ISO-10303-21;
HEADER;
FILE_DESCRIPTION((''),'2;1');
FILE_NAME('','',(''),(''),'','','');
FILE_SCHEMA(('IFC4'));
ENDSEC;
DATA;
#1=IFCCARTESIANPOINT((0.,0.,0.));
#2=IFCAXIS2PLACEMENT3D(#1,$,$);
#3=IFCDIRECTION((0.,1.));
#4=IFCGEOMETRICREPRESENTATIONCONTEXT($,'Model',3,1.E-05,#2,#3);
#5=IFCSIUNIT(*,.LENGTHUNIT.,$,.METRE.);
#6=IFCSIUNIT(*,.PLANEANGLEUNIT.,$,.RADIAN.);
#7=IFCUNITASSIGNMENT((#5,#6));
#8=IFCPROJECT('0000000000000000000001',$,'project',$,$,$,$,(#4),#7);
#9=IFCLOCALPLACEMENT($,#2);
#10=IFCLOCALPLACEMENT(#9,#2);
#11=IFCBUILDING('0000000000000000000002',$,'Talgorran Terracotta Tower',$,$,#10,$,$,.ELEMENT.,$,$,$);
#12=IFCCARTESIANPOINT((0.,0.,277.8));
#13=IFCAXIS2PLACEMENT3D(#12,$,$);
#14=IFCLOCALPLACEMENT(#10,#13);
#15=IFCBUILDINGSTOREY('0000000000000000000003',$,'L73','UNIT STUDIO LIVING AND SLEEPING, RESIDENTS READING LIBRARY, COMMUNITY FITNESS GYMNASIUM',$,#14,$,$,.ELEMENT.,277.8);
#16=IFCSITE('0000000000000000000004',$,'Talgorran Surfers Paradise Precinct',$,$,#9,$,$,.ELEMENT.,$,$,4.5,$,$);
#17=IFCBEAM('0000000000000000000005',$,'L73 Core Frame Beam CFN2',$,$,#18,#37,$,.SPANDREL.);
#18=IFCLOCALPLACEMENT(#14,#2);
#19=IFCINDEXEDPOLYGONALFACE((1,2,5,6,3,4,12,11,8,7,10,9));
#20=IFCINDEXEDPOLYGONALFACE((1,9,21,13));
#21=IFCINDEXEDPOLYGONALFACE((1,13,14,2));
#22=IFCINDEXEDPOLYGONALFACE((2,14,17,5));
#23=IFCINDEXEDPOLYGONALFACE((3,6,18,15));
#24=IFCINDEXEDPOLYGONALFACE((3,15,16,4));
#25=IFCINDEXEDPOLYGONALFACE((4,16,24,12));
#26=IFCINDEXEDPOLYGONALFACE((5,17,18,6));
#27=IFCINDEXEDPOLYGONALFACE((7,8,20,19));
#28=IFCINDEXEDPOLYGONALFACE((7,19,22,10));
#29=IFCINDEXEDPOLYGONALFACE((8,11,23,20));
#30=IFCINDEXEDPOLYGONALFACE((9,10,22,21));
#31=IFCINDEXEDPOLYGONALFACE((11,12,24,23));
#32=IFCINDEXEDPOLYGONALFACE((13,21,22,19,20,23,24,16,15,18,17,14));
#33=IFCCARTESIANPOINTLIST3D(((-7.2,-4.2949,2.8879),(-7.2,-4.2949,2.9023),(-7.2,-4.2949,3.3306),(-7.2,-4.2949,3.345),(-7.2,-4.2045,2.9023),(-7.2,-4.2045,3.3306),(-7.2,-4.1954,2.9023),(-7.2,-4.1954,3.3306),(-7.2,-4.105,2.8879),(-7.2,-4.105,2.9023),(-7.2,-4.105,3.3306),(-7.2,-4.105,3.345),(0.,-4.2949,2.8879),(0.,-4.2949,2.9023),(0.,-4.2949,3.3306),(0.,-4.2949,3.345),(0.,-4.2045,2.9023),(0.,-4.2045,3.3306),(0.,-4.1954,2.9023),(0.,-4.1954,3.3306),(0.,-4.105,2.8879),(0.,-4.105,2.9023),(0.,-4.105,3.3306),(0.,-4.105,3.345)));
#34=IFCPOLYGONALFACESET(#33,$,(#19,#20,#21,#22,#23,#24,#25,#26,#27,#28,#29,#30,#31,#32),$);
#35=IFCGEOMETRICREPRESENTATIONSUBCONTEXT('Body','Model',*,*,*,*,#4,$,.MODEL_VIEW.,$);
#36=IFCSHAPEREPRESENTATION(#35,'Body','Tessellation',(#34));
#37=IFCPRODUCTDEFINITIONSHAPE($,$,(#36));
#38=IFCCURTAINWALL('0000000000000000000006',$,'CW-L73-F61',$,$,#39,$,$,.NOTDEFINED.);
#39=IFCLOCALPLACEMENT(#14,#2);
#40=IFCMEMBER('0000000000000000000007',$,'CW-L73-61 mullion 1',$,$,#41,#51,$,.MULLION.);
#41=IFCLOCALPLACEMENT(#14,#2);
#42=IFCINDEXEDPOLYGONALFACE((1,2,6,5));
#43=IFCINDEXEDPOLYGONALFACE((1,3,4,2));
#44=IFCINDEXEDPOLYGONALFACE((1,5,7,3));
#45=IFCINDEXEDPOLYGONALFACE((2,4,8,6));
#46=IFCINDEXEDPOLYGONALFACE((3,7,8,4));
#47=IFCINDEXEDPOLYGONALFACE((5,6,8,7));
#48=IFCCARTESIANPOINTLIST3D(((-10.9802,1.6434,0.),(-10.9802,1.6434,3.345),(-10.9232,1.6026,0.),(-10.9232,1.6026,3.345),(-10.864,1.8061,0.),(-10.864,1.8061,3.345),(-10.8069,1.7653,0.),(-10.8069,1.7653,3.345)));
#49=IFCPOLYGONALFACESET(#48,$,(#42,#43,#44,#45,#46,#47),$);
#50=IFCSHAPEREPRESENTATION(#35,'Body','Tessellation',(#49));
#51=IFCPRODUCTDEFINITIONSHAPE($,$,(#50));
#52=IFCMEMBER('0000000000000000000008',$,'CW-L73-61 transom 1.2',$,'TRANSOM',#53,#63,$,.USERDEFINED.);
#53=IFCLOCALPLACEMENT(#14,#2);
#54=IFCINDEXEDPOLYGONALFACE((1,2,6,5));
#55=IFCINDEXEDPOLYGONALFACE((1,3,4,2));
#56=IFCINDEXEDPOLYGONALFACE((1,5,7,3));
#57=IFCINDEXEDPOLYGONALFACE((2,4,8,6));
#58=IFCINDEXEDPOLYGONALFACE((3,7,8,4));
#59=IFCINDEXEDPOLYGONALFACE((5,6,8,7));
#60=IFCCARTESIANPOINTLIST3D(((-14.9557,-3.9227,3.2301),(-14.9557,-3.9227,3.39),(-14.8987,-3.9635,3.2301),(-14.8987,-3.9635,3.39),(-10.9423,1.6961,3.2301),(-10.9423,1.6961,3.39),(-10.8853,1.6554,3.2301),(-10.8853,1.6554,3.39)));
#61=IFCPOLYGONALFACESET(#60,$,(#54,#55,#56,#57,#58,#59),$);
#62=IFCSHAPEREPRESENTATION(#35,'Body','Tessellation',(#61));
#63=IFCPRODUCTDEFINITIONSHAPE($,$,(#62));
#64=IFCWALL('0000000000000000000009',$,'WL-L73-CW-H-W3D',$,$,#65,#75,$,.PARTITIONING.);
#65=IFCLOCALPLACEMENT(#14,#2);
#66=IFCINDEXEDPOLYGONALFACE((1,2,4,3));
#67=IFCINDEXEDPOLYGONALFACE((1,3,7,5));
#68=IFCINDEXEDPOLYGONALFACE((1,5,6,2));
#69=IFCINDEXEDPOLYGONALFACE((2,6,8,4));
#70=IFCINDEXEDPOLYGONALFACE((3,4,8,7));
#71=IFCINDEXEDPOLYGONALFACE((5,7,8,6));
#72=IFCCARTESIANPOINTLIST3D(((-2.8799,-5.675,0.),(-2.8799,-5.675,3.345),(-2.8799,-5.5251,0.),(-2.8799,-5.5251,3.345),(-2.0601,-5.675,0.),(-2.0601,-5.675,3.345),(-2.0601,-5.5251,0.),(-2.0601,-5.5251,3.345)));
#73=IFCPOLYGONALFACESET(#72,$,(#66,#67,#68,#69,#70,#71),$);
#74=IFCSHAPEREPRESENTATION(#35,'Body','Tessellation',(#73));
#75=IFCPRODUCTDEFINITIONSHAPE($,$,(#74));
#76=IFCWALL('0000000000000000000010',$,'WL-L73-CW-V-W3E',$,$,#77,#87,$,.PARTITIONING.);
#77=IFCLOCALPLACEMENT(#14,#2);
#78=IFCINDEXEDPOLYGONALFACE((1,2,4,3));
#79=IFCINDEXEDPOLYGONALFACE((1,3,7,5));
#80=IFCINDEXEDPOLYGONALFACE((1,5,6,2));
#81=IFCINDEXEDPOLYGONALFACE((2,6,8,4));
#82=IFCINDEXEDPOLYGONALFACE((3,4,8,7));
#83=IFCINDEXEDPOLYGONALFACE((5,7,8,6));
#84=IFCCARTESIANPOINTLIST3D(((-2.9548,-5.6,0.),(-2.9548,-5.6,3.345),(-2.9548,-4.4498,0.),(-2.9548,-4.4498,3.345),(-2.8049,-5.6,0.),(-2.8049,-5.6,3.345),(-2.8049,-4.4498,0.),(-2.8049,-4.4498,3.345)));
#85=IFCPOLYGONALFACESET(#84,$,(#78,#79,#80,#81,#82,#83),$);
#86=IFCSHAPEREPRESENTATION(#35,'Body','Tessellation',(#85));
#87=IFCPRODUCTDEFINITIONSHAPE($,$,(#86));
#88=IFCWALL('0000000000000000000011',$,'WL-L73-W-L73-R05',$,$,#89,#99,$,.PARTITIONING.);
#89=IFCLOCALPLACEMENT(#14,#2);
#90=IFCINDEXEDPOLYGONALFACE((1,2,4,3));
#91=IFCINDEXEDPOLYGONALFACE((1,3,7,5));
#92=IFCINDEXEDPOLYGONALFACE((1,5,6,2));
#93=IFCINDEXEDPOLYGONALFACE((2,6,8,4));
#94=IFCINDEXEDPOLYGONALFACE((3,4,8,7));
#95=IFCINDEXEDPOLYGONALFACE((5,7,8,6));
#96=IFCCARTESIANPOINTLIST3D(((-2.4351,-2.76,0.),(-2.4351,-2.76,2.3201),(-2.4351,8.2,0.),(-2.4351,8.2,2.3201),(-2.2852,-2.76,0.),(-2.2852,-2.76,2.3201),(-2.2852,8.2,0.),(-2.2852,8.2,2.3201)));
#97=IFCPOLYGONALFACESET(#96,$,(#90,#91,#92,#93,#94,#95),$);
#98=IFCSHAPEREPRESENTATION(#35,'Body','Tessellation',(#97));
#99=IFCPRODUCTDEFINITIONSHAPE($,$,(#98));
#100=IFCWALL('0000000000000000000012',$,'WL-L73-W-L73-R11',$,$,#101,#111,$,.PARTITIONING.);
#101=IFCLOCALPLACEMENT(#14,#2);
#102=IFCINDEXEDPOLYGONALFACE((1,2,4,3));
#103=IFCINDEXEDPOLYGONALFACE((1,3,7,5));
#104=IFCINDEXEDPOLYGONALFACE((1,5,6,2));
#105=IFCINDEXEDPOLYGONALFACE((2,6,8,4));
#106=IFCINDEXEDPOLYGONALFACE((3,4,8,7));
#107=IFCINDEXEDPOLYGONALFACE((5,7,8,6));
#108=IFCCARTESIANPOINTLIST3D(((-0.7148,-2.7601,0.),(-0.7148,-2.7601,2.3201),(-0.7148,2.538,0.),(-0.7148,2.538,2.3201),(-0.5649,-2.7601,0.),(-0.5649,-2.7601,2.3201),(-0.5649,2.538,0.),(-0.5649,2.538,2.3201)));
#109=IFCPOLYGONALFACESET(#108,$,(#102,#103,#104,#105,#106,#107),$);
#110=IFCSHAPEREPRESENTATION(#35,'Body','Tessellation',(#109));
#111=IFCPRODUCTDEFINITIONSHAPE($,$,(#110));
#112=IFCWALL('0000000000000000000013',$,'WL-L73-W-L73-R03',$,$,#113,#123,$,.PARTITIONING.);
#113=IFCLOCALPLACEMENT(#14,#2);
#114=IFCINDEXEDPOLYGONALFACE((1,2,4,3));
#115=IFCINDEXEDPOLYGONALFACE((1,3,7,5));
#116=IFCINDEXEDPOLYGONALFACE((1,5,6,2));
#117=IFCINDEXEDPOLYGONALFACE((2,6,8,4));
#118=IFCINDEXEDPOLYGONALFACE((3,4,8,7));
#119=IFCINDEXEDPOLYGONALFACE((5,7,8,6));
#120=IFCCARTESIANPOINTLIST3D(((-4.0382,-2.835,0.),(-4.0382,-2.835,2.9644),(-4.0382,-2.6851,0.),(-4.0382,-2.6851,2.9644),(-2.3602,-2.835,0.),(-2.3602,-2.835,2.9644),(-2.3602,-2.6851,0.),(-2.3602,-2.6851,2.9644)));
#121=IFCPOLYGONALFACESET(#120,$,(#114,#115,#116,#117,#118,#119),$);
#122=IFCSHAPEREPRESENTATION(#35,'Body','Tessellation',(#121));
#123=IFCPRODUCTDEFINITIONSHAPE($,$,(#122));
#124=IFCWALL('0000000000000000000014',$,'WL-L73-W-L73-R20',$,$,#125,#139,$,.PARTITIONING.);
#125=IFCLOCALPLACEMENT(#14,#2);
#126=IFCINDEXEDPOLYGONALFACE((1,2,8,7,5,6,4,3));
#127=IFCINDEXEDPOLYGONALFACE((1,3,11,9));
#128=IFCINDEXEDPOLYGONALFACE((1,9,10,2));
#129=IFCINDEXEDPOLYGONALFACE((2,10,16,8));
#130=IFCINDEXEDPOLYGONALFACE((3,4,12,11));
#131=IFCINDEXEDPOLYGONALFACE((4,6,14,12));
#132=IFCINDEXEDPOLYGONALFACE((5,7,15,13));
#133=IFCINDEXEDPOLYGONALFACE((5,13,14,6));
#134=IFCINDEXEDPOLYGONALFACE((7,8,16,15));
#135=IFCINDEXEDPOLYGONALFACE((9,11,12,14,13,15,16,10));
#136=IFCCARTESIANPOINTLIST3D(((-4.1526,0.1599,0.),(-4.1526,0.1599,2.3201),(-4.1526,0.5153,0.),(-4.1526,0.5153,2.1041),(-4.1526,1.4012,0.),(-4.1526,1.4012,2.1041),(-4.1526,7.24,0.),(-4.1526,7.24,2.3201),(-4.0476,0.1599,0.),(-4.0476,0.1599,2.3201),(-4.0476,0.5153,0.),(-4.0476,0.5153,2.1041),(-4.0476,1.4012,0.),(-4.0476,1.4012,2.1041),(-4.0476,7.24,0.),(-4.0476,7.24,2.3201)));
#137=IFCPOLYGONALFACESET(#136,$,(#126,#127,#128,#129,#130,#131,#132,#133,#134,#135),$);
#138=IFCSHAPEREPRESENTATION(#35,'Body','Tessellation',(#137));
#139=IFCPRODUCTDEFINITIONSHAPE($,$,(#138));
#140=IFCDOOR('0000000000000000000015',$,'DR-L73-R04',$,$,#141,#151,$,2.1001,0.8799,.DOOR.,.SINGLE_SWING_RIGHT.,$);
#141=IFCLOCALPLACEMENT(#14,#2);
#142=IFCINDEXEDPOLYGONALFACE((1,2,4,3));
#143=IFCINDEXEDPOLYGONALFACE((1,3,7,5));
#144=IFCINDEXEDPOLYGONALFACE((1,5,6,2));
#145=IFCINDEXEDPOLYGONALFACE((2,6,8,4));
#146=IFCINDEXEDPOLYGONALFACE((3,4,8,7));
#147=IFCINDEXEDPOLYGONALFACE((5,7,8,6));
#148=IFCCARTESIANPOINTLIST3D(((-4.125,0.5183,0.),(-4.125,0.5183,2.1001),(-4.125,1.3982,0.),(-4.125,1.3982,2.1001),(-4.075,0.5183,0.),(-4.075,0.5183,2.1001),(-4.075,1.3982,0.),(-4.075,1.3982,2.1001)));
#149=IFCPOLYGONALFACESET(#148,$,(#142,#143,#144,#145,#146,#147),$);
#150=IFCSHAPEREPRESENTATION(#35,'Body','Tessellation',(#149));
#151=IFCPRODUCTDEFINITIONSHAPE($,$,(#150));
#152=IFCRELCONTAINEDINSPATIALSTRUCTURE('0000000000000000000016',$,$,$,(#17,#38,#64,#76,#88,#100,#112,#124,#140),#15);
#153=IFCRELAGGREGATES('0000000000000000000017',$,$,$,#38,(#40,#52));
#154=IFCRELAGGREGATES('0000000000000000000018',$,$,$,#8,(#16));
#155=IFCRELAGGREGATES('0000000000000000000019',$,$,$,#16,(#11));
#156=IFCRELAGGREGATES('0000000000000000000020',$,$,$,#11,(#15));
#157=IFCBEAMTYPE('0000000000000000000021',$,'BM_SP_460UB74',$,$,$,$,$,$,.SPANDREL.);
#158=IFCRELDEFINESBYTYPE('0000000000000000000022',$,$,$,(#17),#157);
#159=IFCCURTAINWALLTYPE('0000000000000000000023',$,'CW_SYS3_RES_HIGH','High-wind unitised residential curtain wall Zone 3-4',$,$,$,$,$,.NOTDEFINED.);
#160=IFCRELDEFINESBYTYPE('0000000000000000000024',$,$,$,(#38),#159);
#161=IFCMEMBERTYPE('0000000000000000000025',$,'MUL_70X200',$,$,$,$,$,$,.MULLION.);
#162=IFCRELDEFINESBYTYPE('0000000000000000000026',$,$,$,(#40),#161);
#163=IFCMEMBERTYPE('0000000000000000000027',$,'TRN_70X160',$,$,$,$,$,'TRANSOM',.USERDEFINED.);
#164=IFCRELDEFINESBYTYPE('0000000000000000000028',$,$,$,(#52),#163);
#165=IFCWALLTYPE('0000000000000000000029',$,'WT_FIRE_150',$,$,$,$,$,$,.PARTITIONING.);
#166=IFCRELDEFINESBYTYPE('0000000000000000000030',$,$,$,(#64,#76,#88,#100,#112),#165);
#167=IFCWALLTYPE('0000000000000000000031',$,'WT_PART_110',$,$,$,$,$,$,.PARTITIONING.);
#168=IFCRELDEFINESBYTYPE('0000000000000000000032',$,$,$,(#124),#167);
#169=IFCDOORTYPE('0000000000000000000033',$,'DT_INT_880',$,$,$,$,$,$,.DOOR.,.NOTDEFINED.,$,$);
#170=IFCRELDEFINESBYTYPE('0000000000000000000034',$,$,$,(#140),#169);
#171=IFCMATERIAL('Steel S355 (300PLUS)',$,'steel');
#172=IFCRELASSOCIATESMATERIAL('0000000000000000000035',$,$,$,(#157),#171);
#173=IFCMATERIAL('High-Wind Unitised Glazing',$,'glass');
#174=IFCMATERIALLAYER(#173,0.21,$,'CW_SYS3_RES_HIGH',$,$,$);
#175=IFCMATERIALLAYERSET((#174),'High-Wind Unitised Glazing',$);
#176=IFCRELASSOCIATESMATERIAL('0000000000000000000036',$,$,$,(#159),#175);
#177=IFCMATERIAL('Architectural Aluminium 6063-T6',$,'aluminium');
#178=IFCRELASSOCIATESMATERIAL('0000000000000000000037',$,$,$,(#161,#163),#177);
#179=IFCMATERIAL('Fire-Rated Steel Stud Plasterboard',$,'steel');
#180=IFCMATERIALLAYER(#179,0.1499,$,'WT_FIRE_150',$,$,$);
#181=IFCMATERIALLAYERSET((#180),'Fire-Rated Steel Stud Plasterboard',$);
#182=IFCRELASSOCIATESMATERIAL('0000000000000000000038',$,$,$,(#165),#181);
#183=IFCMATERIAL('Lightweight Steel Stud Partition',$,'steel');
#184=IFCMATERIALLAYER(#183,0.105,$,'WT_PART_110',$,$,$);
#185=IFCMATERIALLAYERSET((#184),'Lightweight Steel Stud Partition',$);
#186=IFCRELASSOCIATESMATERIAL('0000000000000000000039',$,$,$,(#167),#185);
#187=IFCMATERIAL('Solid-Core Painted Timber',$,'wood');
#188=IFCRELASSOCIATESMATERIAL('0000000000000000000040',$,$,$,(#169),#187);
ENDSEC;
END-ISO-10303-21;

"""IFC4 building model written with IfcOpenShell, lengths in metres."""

from ifc_helpers import new_model, si_unit, direction, frame, frame_2d, origin, origin_2d, place, context, subcontext, project, spatial, rectangle, i_section, extrude, material, layer, layer_set, material_profile, profile_set, type_object, element, fill, aggregate, save


model = new_model("IFC4")

# Units and contexts
model_context = context("Model", 3, precision=1e-05, world=origin(), true_north=direction((0.0, 1.0)))
body_context = subcontext(model_context, "Body", "Model", "MODEL_VIEW")
ifc_project = project(units=[si_unit("LENGTHUNIT", "METRE"), si_unit("PLANEANGLEUNIT", "RADIAN")], contexts=[model_context])

# Site, building, storey
site_placement = place(None, origin())
site = spatial("IfcSite", under=ifc_project, at=site_placement, Name="Talgorran Surfers Paradise Precinct", CompositionType="ELEMENT", RefElevation=4.5)
building_placement = place(site_placement, origin())
building = spatial("IfcBuilding", under=site, at=building_placement, Name="Talgorran Terracotta Tower", CompositionType="ELEMENT")
storey_placement = place(building_placement, frame((0.0, 0.0, 277.8)))
storey = spatial("IfcBuildingStorey", under=building, at=storey_placement, Name="L73", Description="UNIT STUDIO LIVING AND SLEEPING, RESIDENTS READING LIBRARY, COMMUNITY FITNESS GYMNASIUM", CompositionType="ELEMENT", Elevation=277.8)

# Shared definitions
ifc_material_1 = material(Name="Steel S355 (300PLUS)", Category="steel")

# Beam
ifc_material_profile_1 = material_profile(ifc_material_1, i_section(OverallWidth=0.1899, OverallDepth=0.457, WebThickness=0.009, FlangeThickness=0.0144, at=origin_2d()), Name="460UB74.6")
ifc_profile_set_1 = profile_set([ifc_material_profile_1], Name="Steel S355 (300PLUS)")
beam_type_1 = type_object("IfcBeamType", Name="BM_SP_460UB74", PredefinedType="SPANDREL", material=ifc_profile_set_1)
beam_1_placement = place(storey_placement, frame((-7.2, -4.2, 3.1165), z_axis=(1.0, 0.0, 0.0), x_axis=(0.0, 1.0, 0.0)))
element("IfcBeam", 1, at=beam_1_placement, inside=storey, type_object=beam_type_1, Name="L73 Core Frame Beam CFN2", PredefinedType="SPANDREL", context=body_context, shape_type="SweptSolid", body=[
    extrude(i_section(OverallWidth=0.1899, OverallDepth=0.457, WebThickness=0.009, FlangeThickness=0.0144, at=origin_2d()), origin(), (0.0, 0.0, 1.0), 7.2),
])

# Curtain wall, members
ifc_material_2 = material(Name="High-Wind Unitised Glazing", Category="glass")
ifc_layer_1 = layer(ifc_material_2, 0.21, Name="CW_SYS3_RES_HIGH")
ifc_layer_set_1 = layer_set([ifc_layer_1], Name="High-Wind Unitised Glazing")
curtain_wall_type = type_object("IfcCurtainWallType", Name="CW_SYS3_RES_HIGH", Description="High-wind unitised residential curtain wall Zone 3-4", PredefinedType="NOTDEFINED", material=ifc_layer_set_1)
curtain_wall_placement = place(storey_placement, origin())
curtain_wall = element("IfcCurtainWall", 2, at=curtain_wall_placement, inside=storey, type_object=curtain_wall_type, Name="CW-L73-F61", PredefinedType="NOTDEFINED")
ifc_material_3 = material(Name="Architectural Aluminium 6063-T6", Category="aluminium")
ifc_material_profile_2 = material_profile(ifc_material_3, rectangle(XDim=0.0701, YDim=0.2, at=origin_2d()), Name="CWM70X200")
ifc_profile_set_2 = profile_set([ifc_material_profile_2], Name="Architectural Aluminium 6063-T6")
member_type_1 = type_object("IfcMemberType", Name="MUL_70X200", PredefinedType="MULLION", material=ifc_profile_set_2)
member_1_placement = place(storey_placement, frame((-10.8936, 1.7043, 0.0), z_axis=(0.0, 0.0, 1.0), x_axis=(0.813727, -0.581248, 0.0)))
member_1 = element("IfcMember", 3, at=member_1_placement, type_object=member_type_1, Name="CW-L73-61 mullion 1", PredefinedType="MULLION", context=body_context, shape_type="SweptSolid", body=[
    extrude(rectangle(XDim=0.0701, YDim=0.2, at=origin_2d()), origin(), (0.0, 0.0, 1.0), 3.345),
])
ifc_material_profile_3 = material_profile(ifc_material_3, rectangle(XDim=0.0701, YDim=0.1599, at=origin_2d()), Name="CWT70X160")
ifc_profile_set_3 = profile_set([ifc_material_profile_3], Name="Architectural Aluminium 6063-T6")
member_type_2 = type_object("IfcMemberType", Name="TRN_70X160", ElementType="TRANSOM", PredefinedType="USERDEFINED", material=ifc_profile_set_3)
member_2_placement = place(storey_placement, frame((-10.9138, 1.6758, 3.3101), z_axis=(-0.581232, -0.813738, 0.0), x_axis=(0.813738, -0.581232, 0.0)))
member_2 = element("IfcMember", 4, at=member_2_placement, type_object=member_type_2, Name="CW-L73-61 transom 1.2", ObjectType="TRANSOM", PredefinedType="USERDEFINED", context=body_context, shape_type="SweptSolid", body=[
    extrude(rectangle(XDim=0.0701, YDim=0.1599, at=origin_2d()), origin(), (0.0, 0.0, 1.0), 6.905),
])
aggregate(curtain_wall, [member_1, member_2])

# Walls
ifc_material_4 = material(Name="Fire-Rated Steel Stud Plasterboard", Category="steel")
ifc_layer_2 = layer(ifc_material_4, 0.1499, Name="WT_FIRE_150")
ifc_layer_set_2 = layer_set([ifc_layer_2], Name="Fire-Rated Steel Stud Plasterboard")
wall_type_1 = type_object("IfcWallType", Name="WT_FIRE_150", PredefinedType="PARTITIONING", material=ifc_layer_set_2)
wall_1_placement = place(storey_placement, frame((-2.8799, -5.6001, 0.0), z_axis=(0.0, 0.0, 1.0), x_axis=(1.0, 0.0, 0.0)))
element("IfcWall", 5, at=wall_1_placement, inside=storey, type_object=wall_type_1, Name="WL-L73-CW-H-W3D", PredefinedType="PARTITIONING", context=body_context, shape_type="SweptSolid", body=[
    extrude(rectangle(XDim=0.8198, YDim=0.1499, at=frame_2d((0.4099, 0.0))), origin(), (0.0, 0.0, 1.0), 3.345),
])
wall_2_placement = place(storey_placement, frame((-2.8799, -5.6001, 0.0), z_axis=(0.0, 0.0, 1.0), x_axis=(0.0, 1.0, 0.0)))
element("IfcWall", 6, at=wall_2_placement, inside=storey, type_object=wall_type_1, Name="WL-L73-CW-V-W3E", PredefinedType="PARTITIONING", context=body_context, shape_type="SweptSolid", body=[
    extrude(rectangle(XDim=1.1501, YDim=0.1499, at=frame_2d((0.5752, 0.0))), origin(), (0.0, 0.0, 1.0), 3.345),
])
wall_3_placement = place(storey_placement, frame((-2.3601, -2.76, 0.0), z_axis=(0.0, 0.0, 1.0), x_axis=(0.0, 1.0, 0.0)))
element("IfcWall", 7, at=wall_3_placement, inside=storey, type_object=wall_type_1, Name="WL-L73-W-L73-R05", PredefinedType="PARTITIONING", context=body_context, shape_type="SweptSolid", body=[
    extrude(rectangle(XDim=10.96, YDim=0.1499, at=frame_2d((5.48, 0.0))), origin(), (0.0, 0.0, 1.0), 2.3201),
])
wall_4_placement = place(storey_placement, frame((-0.6399, -2.76, 0.0), z_axis=(0.0, 0.0, 1.0), x_axis=(0.0, 1.0, 0.0)))
element("IfcWall", 8, at=wall_4_placement, inside=storey, type_object=wall_type_1, Name="WL-L73-W-L73-R11", PredefinedType="PARTITIONING", context=body_context, shape_type="SweptSolid", body=[
    extrude(rectangle(XDim=5.2981, YDim=0.1499, at=frame_2d((2.6489, 0.0))), origin(), (0.0, 0.0, 1.0), 2.3201),
])
wall_5_placement = place(storey_placement, frame((-4.0381, -2.76, 0.0), z_axis=(0.0, 0.0, 1.0), x_axis=(1.0, 0.0, 0.0)))
element("IfcWall", 9, at=wall_5_placement, inside=storey, type_object=wall_type_1, Name="WL-L73-W-L73-R03", PredefinedType="PARTITIONING", context=body_context, shape_type="SweptSolid", body=[
    extrude(rectangle(XDim=1.678, YDim=0.1499, at=frame_2d((0.8389, 0.0))), origin(), (0.0, 0.0, 1.0), 2.9644),
])

# Wall, opening, door
ifc_material_5 = material(Name="Lightweight Steel Stud Partition", Category="steel")
ifc_layer_3 = layer(ifc_material_5, 0.105, Name="WT_PART_110")
ifc_layer_set_3 = layer_set([ifc_layer_3], Name="Lightweight Steel Stud Partition")
wall_type_2 = type_object("IfcWallType", Name="WT_PART_110", PredefinedType="PARTITIONING", material=ifc_layer_set_3)
wall_6_placement = place(storey_placement, frame((-4.1001, 0.1599, 0.0), z_axis=(0.0, 0.0, 1.0), x_axis=(0.0, 1.0, 0.0)))
wall_6 = element("IfcWall", 10, at=wall_6_placement, inside=storey, type_object=wall_type_2, Name="WL-L73-W-L73-R20", PredefinedType="PARTITIONING", context=body_context, shape_type="SweptSolid", body=[
    extrude(rectangle(XDim=7.0801, YDim=0.105, at=frame_2d((3.54, 0.0))), origin(), (0.0, 0.0, 1.0), 2.3201),
])
opening_1_placement = place(wall_6_placement, frame((0.3584, 0.0, 0.0)))
opening_1 = element("IfcOpeningElement", 11, at=opening_1_placement, cuts=wall_6, PredefinedType="OPENING", context=body_context, shape_type="SweptSolid", body=[
    extrude(rectangle(XDim=0.8859, YDim=2.1041, at=frame_2d((0.4399, 1.052))), frame((0.0, 0.0625, 0.0), z_axis=(0.0, -1.0, 0.0), x_axis=(1.0, 0.0, 0.0)), (0.0, 0.0, 1.0), 0.125),
])
ifc_material_6 = material(Name="Solid-Core Painted Timber", Category="wood")
door_type_1 = type_object("IfcDoorType", Name="DT_INT_880", OperationType="NOTDEFINED", PredefinedType="DOOR", material=ifc_material_6)
door_1_placement = place(opening_1_placement, origin())
door_1 = element("IfcDoor", 12, at=door_1_placement, inside=storey, type_object=door_type_1, Name="DR-L73-R04", OperationType="SINGLE_SWING_RIGHT", OverallHeight=2.1001, OverallWidth=0.8799, PredefinedType="DOOR", context=body_context, shape_type="SweptSolid", body=[
    extrude(rectangle(XDim=0.8799, YDim=2.1001, at=frame_2d((0.4399, 1.05))), frame((0.0, 0.0249, 0.0), z_axis=(0.0, -1.0, 0.0), x_axis=(1.0, 0.0, 0.0)), (0.0, 0.0, 1.0), 0.05),
])
fill(opening_1, door_1)

save(model, "model.ifc")
